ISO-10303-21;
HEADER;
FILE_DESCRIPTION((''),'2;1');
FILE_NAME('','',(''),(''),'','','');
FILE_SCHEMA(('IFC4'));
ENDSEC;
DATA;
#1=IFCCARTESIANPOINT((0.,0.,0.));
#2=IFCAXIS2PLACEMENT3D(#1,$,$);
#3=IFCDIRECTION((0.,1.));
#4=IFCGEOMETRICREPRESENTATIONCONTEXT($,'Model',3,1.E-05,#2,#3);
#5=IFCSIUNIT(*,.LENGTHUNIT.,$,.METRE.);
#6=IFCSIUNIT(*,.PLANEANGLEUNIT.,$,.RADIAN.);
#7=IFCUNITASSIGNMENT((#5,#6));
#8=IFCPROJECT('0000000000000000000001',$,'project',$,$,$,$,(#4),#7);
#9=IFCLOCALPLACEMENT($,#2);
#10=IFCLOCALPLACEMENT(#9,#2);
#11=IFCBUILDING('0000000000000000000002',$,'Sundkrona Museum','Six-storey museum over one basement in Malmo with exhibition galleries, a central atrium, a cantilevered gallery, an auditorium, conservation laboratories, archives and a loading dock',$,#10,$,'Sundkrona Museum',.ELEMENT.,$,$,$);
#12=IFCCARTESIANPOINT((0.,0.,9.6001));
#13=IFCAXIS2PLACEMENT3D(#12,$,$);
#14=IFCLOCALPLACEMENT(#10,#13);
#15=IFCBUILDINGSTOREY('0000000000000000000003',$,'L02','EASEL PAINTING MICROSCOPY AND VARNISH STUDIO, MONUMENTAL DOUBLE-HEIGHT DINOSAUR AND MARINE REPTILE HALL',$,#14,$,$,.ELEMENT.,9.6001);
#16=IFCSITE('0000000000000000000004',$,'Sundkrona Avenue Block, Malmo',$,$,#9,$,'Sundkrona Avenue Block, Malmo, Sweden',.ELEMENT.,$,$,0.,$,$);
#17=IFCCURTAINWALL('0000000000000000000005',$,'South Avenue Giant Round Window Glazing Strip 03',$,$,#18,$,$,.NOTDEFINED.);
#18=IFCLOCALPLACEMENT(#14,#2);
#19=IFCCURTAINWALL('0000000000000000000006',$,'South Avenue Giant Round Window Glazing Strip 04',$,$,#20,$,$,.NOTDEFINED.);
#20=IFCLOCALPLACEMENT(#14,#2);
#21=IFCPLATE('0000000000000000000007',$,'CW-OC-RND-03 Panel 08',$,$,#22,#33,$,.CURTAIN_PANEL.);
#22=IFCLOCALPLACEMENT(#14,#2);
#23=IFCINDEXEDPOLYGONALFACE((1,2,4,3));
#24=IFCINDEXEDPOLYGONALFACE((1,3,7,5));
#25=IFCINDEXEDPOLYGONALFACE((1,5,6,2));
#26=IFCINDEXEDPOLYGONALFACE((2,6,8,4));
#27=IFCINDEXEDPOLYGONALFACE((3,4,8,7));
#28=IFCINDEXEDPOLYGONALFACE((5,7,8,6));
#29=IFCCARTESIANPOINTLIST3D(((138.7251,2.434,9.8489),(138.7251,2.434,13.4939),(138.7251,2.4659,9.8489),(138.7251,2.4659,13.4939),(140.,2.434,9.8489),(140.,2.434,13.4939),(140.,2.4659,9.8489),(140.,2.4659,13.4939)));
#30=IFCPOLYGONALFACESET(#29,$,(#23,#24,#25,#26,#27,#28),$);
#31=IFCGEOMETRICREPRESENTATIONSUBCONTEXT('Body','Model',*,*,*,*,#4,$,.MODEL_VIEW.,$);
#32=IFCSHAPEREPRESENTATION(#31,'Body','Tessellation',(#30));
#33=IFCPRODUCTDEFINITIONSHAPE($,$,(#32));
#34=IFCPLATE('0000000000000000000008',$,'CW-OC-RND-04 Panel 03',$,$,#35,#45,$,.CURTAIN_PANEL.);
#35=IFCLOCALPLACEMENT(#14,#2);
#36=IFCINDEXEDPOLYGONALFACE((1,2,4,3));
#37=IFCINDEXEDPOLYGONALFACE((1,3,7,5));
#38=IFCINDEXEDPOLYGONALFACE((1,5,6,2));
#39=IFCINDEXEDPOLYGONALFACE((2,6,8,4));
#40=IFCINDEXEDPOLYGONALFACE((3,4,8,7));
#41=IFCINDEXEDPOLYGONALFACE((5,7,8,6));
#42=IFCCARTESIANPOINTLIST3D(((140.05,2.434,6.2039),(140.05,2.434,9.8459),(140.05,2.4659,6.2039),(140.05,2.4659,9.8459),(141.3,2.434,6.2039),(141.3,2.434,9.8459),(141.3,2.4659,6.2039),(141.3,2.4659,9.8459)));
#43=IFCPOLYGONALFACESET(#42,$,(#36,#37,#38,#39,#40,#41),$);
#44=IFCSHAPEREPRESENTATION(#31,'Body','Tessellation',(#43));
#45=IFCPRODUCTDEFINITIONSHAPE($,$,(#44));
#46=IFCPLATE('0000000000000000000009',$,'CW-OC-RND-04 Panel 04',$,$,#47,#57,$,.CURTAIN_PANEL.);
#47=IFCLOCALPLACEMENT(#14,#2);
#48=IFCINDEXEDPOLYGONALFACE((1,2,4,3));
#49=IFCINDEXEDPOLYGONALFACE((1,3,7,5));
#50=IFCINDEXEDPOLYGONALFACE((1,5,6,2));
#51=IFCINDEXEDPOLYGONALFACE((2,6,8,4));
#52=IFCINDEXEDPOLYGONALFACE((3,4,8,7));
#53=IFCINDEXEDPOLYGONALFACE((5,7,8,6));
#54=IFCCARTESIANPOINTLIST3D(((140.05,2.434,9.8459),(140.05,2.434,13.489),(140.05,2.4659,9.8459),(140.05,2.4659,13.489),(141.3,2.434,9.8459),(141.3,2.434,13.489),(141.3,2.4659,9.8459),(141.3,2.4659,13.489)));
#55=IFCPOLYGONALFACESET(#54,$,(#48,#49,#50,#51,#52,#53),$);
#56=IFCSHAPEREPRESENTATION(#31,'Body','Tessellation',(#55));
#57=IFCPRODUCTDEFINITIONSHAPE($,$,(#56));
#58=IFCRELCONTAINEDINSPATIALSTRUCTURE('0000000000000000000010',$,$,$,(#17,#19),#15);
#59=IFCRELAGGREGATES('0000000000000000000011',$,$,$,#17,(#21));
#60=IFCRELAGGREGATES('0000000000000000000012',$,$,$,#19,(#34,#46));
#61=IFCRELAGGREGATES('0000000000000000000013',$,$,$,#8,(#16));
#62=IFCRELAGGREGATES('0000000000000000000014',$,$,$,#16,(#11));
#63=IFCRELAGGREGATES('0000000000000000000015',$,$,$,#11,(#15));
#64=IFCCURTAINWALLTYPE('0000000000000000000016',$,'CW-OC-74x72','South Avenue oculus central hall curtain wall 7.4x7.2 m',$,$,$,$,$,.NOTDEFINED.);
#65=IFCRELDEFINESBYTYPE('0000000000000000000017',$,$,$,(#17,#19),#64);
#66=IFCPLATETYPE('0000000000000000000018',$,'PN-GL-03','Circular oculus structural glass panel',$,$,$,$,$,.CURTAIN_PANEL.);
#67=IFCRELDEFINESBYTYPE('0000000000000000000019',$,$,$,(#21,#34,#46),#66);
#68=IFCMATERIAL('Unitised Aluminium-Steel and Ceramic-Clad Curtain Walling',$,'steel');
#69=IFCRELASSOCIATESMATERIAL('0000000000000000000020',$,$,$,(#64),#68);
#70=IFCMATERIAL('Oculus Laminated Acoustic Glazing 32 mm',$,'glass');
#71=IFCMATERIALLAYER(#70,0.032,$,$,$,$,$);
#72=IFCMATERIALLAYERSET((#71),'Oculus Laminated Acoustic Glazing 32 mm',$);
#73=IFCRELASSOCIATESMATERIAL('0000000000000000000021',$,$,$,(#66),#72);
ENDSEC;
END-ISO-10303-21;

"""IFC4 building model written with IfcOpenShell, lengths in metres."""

from ifc_helpers import new_model, si_unit, direction, frame, origin, origin_2d, place, context, subcontext, project, spatial, rectangle, extrude, material, layer, layer_set, type_object, element, aggregate, save


model = new_model("IFC4")

# Units and contexts
model_context = context("Model", 3, precision=1e-05, world=origin(), true_north=direction((0.0, 1.0)))
body_context = subcontext(model_context, "Body", "Model", "MODEL_VIEW")
ifc_project = project(units=[si_unit("LENGTHUNIT", "METRE"), si_unit("PLANEANGLEUNIT", "RADIAN")], contexts=[model_context])

# Site, building, storey
site_placement = place(None, origin())
site = spatial("IfcSite", under=ifc_project, at=site_placement, Name="Sundkrona Avenue Block, Malmo", LongName="Sundkrona Avenue Block, Malmo, Sweden", CompositionType="ELEMENT", RefElevation=0.0)
building_placement = place(site_placement, origin())
building = spatial("IfcBuilding", under=site, at=building_placement, Name="Sundkrona Museum", Description="Six-storey museum over one basement in Malmo with exhibition galleries, a central atrium, a cantilevered gallery, an auditorium, conservation laboratories, archives and a loading dock", LongName="Sundkrona Museum", CompositionType="ELEMENT")
storey_placement = place(building_placement, frame((0.0, 0.0, 9.6001)))
storey = spatial("IfcBuildingStorey", under=building, at=storey_placement, Name="L02", Description="EASEL PAINTING MICROSCOPY AND VARNISH STUDIO, MONUMENTAL DOUBLE-HEIGHT DINOSAUR AND MARINE REPTILE HALL", CompositionType="ELEMENT", Elevation=9.6001)

# Curtain walls
ifc_material_1 = material(Name="Unitised Aluminium-Steel and Ceramic-Clad Curtain Walling", Category="steel")
curtain_wall_type = type_object("IfcCurtainWallType", Name="CW-OC-74x72", Description="South Avenue oculus central hall curtain wall 7.4x7.2 m", PredefinedType="NOTDEFINED", material=ifc_material_1)
curtain_wall_1_placement = place(storey_placement, origin())
curtain_wall_1 = element("IfcCurtainWall", 1, at=curtain_wall_1_placement, inside=storey, type_object=curtain_wall_type, Name="South Avenue Giant Round Window Glazing Strip 03", PredefinedType="NOTDEFINED")
curtain_wall_2_placement = place(storey_placement, origin())
curtain_wall_2 = element("IfcCurtainWall", 2, at=curtain_wall_2_placement, inside=storey, type_object=curtain_wall_type, Name="South Avenue Giant Round Window Glazing Strip 04", PredefinedType="NOTDEFINED")

# Plates
ifc_material_2 = material(Name="Oculus Laminated Acoustic Glazing 32 mm", Category="glass")
ifc_layer = layer(ifc_material_2, 0.032)
ifc_layer_set = layer_set([ifc_layer], Name="Oculus Laminated Acoustic Glazing 32 mm")
plate_type = type_object("IfcPlateType", Name="PN-GL-03", Description="Circular oculus structural glass panel", PredefinedType="CURTAIN_PANEL", material=ifc_layer_set)
plate_1_placement = place(storey_placement, frame((139.3625, 2.45, 9.8489), z_axis=(0.0, 0.0, 1.0), x_axis=(1.0, 0.0, 0.0)))
plate_1 = element("IfcPlate", 3, at=plate_1_placement, type_object=plate_type, Name="CW-OC-RND-03 Panel 08", PredefinedType="CURTAIN_PANEL", context=body_context, shape_type="SweptSolid", body=[
    extrude(rectangle(XDim=1.2749, YDim=0.032, at=origin_2d()), origin(), (0.0, 0.0, 1.0), 3.645),
])
aggregate(curtain_wall_1, [plate_1])
plate_2_placement = place(storey_placement, frame((140.675, 2.45, 6.2039), z_axis=(0.0, 0.0, 1.0), x_axis=(1.0, 0.0, 0.0)))
plate_2 = element("IfcPlate", 4, at=plate_2_placement, type_object=plate_type, Name="CW-OC-RND-04 Panel 03", PredefinedType="CURTAIN_PANEL", context=body_context, shape_type="SweptSolid", body=[
    extrude(rectangle(XDim=1.25, YDim=0.032, at=origin_2d()), origin(), (0.0, 0.0, 1.0), 3.6421),
])
plate_3_placement = place(storey_placement, frame((140.675, 2.45, 9.8459), z_axis=(0.0, 0.0, 1.0), x_axis=(1.0, 0.0, 0.0)))
plate_3 = element("IfcPlate", 5, at=plate_3_placement, type_object=plate_type, Name="CW-OC-RND-04 Panel 04", PredefinedType="CURTAIN_PANEL", context=body_context, shape_type="SweptSolid", body=[
    extrude(rectangle(XDim=1.25, YDim=0.032, at=origin_2d()), origin(), (0.0, 0.0, 1.0), 3.6431),
])
aggregate(curtain_wall_2, [plate_2, plate_3])

save(model, "model.ifc")
